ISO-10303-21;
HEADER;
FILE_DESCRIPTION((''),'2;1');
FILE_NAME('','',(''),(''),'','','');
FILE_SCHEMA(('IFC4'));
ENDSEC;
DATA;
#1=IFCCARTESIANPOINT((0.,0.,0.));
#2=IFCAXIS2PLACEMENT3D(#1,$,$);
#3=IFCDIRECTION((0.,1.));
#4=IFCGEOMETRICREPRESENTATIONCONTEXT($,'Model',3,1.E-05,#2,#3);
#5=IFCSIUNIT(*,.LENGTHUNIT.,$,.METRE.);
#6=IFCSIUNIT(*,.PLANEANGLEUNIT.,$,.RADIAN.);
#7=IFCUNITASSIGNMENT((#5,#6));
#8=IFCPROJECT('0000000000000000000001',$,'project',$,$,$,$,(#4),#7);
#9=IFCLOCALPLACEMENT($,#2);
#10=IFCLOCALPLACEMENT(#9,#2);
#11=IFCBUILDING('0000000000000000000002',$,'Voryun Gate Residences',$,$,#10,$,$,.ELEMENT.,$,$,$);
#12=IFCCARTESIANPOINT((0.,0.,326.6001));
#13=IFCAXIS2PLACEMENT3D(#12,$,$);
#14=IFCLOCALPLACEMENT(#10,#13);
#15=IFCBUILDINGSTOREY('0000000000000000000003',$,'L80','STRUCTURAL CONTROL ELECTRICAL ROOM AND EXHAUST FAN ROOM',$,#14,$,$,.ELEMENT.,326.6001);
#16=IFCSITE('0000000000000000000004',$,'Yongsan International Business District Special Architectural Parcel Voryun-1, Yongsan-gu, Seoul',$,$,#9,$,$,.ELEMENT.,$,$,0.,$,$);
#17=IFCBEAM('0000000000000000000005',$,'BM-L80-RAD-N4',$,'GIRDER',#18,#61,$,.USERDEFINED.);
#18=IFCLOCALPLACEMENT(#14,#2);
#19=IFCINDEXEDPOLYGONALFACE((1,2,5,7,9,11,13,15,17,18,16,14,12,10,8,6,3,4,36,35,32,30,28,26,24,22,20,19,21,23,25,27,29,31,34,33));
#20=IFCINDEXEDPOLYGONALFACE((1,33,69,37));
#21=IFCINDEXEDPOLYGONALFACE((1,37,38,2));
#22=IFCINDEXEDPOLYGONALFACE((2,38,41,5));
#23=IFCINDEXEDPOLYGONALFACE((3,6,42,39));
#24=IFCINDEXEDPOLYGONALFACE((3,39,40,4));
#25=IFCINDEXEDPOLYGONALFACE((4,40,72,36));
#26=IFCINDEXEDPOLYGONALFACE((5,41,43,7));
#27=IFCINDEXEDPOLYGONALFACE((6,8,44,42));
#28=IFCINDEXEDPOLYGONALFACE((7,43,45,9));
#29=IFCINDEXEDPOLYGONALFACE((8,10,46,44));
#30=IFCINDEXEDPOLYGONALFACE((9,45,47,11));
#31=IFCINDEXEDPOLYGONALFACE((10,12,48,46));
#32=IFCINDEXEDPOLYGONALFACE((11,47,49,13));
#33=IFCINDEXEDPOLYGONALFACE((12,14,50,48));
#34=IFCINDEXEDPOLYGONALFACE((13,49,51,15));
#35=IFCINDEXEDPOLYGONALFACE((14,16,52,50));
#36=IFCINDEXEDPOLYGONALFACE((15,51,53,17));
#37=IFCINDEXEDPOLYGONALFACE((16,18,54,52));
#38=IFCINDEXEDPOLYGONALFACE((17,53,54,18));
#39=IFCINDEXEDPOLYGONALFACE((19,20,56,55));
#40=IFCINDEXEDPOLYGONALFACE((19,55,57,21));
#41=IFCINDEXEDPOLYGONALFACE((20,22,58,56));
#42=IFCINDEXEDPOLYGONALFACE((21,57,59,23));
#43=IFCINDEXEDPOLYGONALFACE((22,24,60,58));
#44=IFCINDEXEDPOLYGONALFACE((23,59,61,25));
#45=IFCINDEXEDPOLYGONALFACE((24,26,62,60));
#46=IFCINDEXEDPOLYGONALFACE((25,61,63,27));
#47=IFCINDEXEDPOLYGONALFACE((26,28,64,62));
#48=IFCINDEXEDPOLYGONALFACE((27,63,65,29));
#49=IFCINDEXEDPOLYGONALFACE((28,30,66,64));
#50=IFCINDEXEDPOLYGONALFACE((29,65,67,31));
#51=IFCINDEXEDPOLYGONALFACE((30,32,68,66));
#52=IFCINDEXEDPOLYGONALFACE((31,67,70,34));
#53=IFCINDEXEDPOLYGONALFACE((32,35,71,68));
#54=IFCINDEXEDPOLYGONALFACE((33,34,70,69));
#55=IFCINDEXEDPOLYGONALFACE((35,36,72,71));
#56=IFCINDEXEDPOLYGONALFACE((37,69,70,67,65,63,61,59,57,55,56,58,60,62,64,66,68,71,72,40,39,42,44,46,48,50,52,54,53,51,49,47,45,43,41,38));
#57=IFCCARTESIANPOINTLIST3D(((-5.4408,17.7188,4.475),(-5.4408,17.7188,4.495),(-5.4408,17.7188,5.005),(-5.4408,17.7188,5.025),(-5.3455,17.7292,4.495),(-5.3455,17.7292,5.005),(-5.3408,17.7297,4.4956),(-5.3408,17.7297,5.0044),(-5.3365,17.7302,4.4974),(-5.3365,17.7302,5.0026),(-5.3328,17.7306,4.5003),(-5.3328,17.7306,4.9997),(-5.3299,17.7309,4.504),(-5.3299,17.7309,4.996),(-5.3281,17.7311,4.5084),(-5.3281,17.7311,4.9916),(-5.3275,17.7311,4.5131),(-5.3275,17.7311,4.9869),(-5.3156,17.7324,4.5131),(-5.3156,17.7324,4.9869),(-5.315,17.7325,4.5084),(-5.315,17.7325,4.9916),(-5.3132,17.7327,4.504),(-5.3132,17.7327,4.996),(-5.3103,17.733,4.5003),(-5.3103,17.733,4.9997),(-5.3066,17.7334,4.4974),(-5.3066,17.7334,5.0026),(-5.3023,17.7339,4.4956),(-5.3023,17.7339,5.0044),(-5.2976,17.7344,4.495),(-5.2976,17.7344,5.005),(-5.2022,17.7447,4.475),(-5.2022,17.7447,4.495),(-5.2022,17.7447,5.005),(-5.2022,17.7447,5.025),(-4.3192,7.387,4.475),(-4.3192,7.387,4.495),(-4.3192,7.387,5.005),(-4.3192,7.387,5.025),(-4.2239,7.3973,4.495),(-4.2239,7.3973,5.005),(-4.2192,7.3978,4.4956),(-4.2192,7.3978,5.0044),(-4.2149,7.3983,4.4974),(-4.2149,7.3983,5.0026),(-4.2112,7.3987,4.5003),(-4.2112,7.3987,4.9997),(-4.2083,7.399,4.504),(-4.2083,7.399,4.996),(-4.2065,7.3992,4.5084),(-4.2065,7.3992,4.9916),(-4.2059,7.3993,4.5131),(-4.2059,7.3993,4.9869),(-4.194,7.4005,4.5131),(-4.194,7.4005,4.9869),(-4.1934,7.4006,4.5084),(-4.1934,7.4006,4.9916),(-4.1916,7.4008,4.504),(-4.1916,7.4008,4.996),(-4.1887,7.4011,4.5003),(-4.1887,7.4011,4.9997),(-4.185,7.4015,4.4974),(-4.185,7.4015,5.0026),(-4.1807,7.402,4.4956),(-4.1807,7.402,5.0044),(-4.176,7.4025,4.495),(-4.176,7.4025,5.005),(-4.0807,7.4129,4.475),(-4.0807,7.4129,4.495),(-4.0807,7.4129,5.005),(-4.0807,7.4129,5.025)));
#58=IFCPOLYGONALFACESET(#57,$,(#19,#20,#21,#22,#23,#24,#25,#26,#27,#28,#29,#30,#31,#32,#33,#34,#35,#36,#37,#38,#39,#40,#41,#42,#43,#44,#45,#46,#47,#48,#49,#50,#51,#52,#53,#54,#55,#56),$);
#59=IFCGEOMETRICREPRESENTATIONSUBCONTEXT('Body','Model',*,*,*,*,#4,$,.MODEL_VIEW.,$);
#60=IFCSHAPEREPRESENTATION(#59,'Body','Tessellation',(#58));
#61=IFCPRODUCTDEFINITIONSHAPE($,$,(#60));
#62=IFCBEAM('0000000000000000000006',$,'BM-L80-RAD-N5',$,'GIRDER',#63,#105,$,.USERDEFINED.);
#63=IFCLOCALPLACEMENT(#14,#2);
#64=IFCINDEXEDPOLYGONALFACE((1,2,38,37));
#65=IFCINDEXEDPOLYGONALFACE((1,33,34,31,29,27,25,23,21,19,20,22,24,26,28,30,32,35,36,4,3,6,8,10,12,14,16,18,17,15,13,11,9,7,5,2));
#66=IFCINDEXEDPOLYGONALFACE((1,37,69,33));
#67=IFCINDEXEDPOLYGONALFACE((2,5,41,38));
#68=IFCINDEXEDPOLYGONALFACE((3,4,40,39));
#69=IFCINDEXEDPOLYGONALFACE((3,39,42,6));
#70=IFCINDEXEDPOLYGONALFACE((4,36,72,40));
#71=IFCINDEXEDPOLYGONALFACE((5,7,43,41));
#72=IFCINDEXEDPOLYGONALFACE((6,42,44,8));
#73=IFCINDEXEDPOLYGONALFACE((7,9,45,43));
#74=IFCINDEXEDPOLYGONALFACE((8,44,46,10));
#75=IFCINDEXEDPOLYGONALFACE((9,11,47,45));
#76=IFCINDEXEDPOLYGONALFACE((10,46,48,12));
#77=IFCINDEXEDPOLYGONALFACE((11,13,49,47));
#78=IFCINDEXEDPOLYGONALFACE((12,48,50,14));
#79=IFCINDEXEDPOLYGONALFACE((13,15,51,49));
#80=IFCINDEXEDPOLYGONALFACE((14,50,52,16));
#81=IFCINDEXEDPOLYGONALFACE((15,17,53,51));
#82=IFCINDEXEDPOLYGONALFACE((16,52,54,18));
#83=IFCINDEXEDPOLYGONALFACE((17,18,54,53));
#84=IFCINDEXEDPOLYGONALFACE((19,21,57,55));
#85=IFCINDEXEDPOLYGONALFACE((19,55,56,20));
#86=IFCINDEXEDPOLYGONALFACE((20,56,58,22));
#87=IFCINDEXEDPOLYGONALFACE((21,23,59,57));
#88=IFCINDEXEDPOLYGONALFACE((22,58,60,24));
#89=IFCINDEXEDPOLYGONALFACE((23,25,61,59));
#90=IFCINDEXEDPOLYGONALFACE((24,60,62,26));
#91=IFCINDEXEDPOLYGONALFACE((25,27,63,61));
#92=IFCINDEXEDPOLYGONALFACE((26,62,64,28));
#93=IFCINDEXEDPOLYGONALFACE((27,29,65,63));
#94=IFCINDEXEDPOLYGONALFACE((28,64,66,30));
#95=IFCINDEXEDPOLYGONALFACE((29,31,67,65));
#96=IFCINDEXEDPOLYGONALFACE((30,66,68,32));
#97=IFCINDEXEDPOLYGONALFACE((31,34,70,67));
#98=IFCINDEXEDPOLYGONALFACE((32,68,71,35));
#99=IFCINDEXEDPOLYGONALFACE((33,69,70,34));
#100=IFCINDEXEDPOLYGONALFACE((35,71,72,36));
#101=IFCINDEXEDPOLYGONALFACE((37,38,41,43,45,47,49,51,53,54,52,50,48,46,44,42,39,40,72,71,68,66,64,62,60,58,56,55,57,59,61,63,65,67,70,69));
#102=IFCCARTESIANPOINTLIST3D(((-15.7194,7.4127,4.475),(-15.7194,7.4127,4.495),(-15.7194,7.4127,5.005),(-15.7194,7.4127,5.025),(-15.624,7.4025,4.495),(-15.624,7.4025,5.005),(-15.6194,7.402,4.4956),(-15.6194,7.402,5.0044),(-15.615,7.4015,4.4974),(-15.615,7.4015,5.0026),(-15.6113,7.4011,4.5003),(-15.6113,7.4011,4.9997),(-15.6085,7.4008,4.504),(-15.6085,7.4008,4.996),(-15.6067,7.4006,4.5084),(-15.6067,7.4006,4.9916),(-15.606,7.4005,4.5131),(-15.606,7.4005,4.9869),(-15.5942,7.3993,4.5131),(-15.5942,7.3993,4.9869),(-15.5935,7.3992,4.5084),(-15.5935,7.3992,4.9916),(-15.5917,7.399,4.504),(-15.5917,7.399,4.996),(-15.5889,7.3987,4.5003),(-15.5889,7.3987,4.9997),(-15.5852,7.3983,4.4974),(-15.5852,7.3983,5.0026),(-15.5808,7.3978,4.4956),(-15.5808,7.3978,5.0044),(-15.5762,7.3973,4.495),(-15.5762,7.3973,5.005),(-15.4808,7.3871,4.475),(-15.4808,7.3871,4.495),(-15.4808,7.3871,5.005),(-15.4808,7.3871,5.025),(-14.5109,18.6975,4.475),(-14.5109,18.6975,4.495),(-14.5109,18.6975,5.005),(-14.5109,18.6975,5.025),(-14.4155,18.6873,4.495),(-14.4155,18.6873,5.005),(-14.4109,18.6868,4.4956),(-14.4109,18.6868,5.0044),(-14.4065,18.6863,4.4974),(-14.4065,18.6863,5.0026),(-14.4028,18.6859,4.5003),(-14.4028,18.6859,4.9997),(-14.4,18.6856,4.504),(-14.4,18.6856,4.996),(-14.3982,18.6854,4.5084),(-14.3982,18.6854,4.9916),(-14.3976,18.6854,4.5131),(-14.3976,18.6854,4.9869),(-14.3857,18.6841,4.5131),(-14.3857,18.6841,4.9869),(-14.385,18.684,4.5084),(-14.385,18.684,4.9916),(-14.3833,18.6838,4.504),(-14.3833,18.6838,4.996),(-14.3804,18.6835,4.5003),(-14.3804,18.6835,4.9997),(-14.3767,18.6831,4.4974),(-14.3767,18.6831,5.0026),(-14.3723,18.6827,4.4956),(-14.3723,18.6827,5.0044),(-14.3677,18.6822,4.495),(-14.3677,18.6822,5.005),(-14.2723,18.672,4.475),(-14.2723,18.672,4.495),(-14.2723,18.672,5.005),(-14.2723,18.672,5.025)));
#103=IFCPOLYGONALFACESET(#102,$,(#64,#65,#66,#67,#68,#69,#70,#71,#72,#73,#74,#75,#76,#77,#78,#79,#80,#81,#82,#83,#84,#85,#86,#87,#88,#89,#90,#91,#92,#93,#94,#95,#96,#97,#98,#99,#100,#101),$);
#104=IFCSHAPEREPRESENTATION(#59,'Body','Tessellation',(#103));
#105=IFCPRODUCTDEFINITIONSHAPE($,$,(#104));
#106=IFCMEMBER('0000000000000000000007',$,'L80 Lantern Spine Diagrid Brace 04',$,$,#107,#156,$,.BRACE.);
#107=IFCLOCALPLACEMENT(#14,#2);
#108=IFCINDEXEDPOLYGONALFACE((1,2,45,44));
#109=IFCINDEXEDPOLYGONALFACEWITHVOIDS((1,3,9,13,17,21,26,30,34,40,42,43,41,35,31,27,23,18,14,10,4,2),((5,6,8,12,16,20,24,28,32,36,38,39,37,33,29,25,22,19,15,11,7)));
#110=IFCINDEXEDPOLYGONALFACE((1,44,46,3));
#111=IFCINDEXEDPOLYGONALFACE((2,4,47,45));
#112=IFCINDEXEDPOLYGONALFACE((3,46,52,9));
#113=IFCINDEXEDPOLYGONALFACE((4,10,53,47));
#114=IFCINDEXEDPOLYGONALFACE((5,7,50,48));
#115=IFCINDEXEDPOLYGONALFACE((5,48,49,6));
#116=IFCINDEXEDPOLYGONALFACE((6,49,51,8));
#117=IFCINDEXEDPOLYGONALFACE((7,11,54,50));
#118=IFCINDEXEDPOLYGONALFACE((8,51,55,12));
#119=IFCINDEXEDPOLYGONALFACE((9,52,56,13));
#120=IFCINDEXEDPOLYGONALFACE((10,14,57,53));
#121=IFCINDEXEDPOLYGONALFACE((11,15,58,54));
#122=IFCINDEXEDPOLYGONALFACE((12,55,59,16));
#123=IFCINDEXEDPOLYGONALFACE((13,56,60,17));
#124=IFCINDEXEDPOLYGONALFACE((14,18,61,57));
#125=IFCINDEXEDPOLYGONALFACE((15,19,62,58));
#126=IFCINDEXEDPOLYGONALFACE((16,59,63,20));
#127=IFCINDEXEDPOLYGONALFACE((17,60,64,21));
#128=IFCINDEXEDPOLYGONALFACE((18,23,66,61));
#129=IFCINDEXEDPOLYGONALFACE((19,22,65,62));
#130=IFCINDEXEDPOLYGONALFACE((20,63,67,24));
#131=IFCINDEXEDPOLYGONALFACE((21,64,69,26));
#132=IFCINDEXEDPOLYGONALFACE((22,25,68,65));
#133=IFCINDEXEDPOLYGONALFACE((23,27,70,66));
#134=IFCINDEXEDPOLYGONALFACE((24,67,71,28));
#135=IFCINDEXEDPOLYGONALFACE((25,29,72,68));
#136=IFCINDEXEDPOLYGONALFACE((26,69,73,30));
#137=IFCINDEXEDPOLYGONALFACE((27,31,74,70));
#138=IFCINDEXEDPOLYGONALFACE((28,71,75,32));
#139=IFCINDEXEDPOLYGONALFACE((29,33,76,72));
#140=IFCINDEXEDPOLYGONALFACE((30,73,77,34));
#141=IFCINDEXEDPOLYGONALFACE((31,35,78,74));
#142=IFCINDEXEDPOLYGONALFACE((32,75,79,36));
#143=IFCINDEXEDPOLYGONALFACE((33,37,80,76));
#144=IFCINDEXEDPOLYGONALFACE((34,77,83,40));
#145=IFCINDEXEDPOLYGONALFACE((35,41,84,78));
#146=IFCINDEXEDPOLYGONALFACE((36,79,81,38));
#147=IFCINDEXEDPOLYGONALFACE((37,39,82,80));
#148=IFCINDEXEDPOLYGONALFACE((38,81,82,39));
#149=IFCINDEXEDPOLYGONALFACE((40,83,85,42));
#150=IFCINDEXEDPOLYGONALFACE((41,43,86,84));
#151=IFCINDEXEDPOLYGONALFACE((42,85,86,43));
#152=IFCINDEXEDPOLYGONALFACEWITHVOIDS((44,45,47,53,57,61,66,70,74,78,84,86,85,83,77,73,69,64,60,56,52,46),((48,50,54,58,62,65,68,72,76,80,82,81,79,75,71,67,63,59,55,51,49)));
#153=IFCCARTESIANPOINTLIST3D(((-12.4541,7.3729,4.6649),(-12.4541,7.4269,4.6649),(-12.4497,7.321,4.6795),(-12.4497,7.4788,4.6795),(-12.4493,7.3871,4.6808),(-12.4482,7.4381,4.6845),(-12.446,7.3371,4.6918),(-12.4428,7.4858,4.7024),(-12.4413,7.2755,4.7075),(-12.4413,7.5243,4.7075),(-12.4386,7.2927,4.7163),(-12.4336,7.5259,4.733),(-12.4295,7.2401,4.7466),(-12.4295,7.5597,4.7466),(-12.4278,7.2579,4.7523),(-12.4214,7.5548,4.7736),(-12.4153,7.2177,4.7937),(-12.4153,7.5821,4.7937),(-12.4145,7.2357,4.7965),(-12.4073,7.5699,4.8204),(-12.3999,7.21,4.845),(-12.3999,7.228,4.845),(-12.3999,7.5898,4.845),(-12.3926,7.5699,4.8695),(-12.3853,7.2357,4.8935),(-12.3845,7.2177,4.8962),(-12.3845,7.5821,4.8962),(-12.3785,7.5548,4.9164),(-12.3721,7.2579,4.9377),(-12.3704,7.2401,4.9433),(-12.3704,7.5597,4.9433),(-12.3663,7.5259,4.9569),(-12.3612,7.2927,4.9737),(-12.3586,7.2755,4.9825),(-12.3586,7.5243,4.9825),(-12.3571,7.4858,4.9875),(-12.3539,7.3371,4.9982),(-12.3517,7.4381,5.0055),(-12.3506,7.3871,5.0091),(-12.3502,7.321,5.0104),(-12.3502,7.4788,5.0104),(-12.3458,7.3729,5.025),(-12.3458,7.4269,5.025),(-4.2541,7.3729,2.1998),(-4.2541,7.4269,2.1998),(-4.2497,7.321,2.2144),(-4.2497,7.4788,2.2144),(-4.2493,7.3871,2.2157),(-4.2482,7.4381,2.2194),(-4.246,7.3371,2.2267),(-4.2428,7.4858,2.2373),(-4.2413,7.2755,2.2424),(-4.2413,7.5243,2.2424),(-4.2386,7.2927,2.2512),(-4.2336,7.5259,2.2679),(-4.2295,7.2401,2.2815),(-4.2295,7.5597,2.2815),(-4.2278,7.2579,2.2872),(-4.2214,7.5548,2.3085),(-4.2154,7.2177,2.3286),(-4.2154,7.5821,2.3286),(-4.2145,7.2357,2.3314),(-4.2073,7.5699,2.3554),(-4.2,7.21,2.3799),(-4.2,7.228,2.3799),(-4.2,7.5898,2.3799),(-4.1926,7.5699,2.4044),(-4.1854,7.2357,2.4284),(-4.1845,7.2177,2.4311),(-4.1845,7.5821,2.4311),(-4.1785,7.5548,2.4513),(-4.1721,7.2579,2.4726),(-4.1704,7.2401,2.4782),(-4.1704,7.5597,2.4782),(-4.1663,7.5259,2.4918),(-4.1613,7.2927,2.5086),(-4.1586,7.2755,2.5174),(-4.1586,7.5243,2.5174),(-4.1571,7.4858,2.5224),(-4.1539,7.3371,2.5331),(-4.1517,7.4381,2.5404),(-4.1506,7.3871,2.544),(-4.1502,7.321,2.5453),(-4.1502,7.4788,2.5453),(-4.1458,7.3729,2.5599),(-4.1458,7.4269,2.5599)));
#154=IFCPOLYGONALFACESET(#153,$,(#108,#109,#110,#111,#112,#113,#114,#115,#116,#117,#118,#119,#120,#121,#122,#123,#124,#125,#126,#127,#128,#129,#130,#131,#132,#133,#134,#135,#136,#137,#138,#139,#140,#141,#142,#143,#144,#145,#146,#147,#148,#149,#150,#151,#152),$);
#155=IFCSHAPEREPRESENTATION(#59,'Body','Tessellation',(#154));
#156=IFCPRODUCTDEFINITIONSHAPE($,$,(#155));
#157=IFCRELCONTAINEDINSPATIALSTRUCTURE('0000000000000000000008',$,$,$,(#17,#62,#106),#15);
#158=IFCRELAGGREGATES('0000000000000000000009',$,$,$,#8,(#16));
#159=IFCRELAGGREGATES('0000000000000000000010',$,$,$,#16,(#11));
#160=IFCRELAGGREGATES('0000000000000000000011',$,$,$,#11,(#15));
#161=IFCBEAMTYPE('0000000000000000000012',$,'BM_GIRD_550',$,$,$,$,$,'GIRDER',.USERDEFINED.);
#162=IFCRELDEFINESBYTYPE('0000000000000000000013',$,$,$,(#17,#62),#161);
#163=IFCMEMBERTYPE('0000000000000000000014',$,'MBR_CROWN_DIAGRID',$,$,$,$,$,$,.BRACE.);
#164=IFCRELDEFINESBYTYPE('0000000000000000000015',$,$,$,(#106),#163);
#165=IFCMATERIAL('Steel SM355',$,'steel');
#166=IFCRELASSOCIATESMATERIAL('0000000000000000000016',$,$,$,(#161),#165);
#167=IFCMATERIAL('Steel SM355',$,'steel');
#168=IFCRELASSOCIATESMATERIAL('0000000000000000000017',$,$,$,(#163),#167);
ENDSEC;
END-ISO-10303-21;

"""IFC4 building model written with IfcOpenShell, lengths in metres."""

from ifc_helpers import new_model, si_unit, direction, frame, origin, origin_2d, place, context, subcontext, project, spatial, hollow_circle, i_section, extrude, material, material_profile, profile_set, type_object, element, save


model = new_model("IFC4")

# Units and contexts
model_context = context("Model", 3, precision=1e-05, world=origin(), true_north=direction((0.0, 1.0)))
body_context = subcontext(model_context, "Body", "Model", "MODEL_VIEW")
ifc_project = project(units=[si_unit("LENGTHUNIT", "METRE"), si_unit("PLANEANGLEUNIT", "RADIAN")], contexts=[model_context])

# Site, building, storey
site_placement = place(None, origin())
site = spatial("IfcSite", under=ifc_project, at=site_placement, Name="Yongsan International Business District Special Architectural Parcel Voryun-1, Yongsan-gu, Seoul", CompositionType="ELEMENT", RefElevation=0.0)
building_placement = place(site_placement, origin())
building = spatial("IfcBuilding", under=site, at=building_placement, Name="Voryun Gate Residences", CompositionType="ELEMENT")
storey_placement = place(building_placement, frame((0.0, 0.0, 326.6001)))
storey = spatial("IfcBuildingStorey", under=building, at=storey_placement, Name="L80", Description="STRUCTURAL CONTROL ELECTRICAL ROOM AND EXHAUST FAN ROOM", CompositionType="ELEMENT", Elevation=326.6001)

# Beams
ifc_material_1 = material(Name="Steel SM355", Category="steel")
ifc_material_profile_1 = material_profile(ifc_material_1, i_section(OverallWidth=0.24, OverallDepth=0.55, WebThickness=0.012, FlangeThickness=0.02, FilletRadius=0.0181, at=origin_2d()), Name="H-550x240x12x20")
ifc_profile_set_1 = profile_set([ifc_material_profile_1], Name="Steel SM355")
beam_type_1 = type_object("IfcBeamType", Name="BM_GIRD_550", ElementType="GIRDER", PredefinedType="USERDEFINED", material=ifc_profile_set_1)
beam_1_placement = place(storey_placement, frame((-4.2, 7.3999, 4.75), z_axis=(-0.107922, 0.994159, 0.0), x_axis=(-0.994159, -0.107922, 0.0)))
element("IfcBeam", 1, at=beam_1_placement, inside=storey, type_object=beam_type_1, Name="BM-L80-RAD-N4", ObjectType="GIRDER", PredefinedType="USERDEFINED", context=body_context, shape_type="SweptSolid", body=[
    extrude(i_section(OverallWidth=0.24, OverallDepth=0.55, WebThickness=0.012, FlangeThickness=0.02, FilletRadius=0.0181, at=origin_2d()), origin(), (0.0, 0.0, 1.0), 10.3926),
])
beam_2_placement = place(storey_placement, frame((-15.6001, 7.3999, 4.75), z_axis=(0.106481, 0.994315, 0.0), x_axis=(-0.994315, 0.106481, 0.0)))
element("IfcBeam", 2, at=beam_2_placement, inside=storey, type_object=beam_type_1, Name="BM-L80-RAD-N5", ObjectType="GIRDER", PredefinedType="USERDEFINED", context=body_context, shape_type="SweptSolid", body=[
    extrude(i_section(OverallWidth=0.24, OverallDepth=0.55, WebThickness=0.012, FlangeThickness=0.02, FilletRadius=0.0181, at=origin_2d()), origin(), (0.0, 0.0, 1.0), 11.3494),
])

# Member
ifc_material_2 = material(Name="Steel SM355", Category="steel")
ifc_material_profile_2 = material_profile(ifc_material_2, hollow_circle(Radius=0.1899, WallThickness=0.0181, at=origin_2d()), Name="CHS-380x18")
ifc_profile_set_2 = profile_set([ifc_material_profile_2], Name="Steel SM355")
member_type = type_object("IfcMemberType", Name="MBR_CROWN_DIAGRID", PredefinedType="BRACE", material=ifc_profile_set_2)
member_1_placement = place(storey_placement, frame((-4.2, 7.3999, 2.3799), z_axis=(-0.957662, 0.0, 0.287895), x_axis=(0.0, -1.0, 0.0)))
element("IfcMember", 3, at=member_1_placement, inside=storey, type_object=member_type, Name="L80 Lantern Spine Diagrid Brace 04", PredefinedType="BRACE", context=body_context, shape_type="SweptSolid", body=[
    extrude(hollow_circle(Radius=0.1899, WallThickness=0.0181, at=origin_2d()), origin(), (0.0, 0.0, 1.0), 8.5625),
])

save(model, "model.ifc")
